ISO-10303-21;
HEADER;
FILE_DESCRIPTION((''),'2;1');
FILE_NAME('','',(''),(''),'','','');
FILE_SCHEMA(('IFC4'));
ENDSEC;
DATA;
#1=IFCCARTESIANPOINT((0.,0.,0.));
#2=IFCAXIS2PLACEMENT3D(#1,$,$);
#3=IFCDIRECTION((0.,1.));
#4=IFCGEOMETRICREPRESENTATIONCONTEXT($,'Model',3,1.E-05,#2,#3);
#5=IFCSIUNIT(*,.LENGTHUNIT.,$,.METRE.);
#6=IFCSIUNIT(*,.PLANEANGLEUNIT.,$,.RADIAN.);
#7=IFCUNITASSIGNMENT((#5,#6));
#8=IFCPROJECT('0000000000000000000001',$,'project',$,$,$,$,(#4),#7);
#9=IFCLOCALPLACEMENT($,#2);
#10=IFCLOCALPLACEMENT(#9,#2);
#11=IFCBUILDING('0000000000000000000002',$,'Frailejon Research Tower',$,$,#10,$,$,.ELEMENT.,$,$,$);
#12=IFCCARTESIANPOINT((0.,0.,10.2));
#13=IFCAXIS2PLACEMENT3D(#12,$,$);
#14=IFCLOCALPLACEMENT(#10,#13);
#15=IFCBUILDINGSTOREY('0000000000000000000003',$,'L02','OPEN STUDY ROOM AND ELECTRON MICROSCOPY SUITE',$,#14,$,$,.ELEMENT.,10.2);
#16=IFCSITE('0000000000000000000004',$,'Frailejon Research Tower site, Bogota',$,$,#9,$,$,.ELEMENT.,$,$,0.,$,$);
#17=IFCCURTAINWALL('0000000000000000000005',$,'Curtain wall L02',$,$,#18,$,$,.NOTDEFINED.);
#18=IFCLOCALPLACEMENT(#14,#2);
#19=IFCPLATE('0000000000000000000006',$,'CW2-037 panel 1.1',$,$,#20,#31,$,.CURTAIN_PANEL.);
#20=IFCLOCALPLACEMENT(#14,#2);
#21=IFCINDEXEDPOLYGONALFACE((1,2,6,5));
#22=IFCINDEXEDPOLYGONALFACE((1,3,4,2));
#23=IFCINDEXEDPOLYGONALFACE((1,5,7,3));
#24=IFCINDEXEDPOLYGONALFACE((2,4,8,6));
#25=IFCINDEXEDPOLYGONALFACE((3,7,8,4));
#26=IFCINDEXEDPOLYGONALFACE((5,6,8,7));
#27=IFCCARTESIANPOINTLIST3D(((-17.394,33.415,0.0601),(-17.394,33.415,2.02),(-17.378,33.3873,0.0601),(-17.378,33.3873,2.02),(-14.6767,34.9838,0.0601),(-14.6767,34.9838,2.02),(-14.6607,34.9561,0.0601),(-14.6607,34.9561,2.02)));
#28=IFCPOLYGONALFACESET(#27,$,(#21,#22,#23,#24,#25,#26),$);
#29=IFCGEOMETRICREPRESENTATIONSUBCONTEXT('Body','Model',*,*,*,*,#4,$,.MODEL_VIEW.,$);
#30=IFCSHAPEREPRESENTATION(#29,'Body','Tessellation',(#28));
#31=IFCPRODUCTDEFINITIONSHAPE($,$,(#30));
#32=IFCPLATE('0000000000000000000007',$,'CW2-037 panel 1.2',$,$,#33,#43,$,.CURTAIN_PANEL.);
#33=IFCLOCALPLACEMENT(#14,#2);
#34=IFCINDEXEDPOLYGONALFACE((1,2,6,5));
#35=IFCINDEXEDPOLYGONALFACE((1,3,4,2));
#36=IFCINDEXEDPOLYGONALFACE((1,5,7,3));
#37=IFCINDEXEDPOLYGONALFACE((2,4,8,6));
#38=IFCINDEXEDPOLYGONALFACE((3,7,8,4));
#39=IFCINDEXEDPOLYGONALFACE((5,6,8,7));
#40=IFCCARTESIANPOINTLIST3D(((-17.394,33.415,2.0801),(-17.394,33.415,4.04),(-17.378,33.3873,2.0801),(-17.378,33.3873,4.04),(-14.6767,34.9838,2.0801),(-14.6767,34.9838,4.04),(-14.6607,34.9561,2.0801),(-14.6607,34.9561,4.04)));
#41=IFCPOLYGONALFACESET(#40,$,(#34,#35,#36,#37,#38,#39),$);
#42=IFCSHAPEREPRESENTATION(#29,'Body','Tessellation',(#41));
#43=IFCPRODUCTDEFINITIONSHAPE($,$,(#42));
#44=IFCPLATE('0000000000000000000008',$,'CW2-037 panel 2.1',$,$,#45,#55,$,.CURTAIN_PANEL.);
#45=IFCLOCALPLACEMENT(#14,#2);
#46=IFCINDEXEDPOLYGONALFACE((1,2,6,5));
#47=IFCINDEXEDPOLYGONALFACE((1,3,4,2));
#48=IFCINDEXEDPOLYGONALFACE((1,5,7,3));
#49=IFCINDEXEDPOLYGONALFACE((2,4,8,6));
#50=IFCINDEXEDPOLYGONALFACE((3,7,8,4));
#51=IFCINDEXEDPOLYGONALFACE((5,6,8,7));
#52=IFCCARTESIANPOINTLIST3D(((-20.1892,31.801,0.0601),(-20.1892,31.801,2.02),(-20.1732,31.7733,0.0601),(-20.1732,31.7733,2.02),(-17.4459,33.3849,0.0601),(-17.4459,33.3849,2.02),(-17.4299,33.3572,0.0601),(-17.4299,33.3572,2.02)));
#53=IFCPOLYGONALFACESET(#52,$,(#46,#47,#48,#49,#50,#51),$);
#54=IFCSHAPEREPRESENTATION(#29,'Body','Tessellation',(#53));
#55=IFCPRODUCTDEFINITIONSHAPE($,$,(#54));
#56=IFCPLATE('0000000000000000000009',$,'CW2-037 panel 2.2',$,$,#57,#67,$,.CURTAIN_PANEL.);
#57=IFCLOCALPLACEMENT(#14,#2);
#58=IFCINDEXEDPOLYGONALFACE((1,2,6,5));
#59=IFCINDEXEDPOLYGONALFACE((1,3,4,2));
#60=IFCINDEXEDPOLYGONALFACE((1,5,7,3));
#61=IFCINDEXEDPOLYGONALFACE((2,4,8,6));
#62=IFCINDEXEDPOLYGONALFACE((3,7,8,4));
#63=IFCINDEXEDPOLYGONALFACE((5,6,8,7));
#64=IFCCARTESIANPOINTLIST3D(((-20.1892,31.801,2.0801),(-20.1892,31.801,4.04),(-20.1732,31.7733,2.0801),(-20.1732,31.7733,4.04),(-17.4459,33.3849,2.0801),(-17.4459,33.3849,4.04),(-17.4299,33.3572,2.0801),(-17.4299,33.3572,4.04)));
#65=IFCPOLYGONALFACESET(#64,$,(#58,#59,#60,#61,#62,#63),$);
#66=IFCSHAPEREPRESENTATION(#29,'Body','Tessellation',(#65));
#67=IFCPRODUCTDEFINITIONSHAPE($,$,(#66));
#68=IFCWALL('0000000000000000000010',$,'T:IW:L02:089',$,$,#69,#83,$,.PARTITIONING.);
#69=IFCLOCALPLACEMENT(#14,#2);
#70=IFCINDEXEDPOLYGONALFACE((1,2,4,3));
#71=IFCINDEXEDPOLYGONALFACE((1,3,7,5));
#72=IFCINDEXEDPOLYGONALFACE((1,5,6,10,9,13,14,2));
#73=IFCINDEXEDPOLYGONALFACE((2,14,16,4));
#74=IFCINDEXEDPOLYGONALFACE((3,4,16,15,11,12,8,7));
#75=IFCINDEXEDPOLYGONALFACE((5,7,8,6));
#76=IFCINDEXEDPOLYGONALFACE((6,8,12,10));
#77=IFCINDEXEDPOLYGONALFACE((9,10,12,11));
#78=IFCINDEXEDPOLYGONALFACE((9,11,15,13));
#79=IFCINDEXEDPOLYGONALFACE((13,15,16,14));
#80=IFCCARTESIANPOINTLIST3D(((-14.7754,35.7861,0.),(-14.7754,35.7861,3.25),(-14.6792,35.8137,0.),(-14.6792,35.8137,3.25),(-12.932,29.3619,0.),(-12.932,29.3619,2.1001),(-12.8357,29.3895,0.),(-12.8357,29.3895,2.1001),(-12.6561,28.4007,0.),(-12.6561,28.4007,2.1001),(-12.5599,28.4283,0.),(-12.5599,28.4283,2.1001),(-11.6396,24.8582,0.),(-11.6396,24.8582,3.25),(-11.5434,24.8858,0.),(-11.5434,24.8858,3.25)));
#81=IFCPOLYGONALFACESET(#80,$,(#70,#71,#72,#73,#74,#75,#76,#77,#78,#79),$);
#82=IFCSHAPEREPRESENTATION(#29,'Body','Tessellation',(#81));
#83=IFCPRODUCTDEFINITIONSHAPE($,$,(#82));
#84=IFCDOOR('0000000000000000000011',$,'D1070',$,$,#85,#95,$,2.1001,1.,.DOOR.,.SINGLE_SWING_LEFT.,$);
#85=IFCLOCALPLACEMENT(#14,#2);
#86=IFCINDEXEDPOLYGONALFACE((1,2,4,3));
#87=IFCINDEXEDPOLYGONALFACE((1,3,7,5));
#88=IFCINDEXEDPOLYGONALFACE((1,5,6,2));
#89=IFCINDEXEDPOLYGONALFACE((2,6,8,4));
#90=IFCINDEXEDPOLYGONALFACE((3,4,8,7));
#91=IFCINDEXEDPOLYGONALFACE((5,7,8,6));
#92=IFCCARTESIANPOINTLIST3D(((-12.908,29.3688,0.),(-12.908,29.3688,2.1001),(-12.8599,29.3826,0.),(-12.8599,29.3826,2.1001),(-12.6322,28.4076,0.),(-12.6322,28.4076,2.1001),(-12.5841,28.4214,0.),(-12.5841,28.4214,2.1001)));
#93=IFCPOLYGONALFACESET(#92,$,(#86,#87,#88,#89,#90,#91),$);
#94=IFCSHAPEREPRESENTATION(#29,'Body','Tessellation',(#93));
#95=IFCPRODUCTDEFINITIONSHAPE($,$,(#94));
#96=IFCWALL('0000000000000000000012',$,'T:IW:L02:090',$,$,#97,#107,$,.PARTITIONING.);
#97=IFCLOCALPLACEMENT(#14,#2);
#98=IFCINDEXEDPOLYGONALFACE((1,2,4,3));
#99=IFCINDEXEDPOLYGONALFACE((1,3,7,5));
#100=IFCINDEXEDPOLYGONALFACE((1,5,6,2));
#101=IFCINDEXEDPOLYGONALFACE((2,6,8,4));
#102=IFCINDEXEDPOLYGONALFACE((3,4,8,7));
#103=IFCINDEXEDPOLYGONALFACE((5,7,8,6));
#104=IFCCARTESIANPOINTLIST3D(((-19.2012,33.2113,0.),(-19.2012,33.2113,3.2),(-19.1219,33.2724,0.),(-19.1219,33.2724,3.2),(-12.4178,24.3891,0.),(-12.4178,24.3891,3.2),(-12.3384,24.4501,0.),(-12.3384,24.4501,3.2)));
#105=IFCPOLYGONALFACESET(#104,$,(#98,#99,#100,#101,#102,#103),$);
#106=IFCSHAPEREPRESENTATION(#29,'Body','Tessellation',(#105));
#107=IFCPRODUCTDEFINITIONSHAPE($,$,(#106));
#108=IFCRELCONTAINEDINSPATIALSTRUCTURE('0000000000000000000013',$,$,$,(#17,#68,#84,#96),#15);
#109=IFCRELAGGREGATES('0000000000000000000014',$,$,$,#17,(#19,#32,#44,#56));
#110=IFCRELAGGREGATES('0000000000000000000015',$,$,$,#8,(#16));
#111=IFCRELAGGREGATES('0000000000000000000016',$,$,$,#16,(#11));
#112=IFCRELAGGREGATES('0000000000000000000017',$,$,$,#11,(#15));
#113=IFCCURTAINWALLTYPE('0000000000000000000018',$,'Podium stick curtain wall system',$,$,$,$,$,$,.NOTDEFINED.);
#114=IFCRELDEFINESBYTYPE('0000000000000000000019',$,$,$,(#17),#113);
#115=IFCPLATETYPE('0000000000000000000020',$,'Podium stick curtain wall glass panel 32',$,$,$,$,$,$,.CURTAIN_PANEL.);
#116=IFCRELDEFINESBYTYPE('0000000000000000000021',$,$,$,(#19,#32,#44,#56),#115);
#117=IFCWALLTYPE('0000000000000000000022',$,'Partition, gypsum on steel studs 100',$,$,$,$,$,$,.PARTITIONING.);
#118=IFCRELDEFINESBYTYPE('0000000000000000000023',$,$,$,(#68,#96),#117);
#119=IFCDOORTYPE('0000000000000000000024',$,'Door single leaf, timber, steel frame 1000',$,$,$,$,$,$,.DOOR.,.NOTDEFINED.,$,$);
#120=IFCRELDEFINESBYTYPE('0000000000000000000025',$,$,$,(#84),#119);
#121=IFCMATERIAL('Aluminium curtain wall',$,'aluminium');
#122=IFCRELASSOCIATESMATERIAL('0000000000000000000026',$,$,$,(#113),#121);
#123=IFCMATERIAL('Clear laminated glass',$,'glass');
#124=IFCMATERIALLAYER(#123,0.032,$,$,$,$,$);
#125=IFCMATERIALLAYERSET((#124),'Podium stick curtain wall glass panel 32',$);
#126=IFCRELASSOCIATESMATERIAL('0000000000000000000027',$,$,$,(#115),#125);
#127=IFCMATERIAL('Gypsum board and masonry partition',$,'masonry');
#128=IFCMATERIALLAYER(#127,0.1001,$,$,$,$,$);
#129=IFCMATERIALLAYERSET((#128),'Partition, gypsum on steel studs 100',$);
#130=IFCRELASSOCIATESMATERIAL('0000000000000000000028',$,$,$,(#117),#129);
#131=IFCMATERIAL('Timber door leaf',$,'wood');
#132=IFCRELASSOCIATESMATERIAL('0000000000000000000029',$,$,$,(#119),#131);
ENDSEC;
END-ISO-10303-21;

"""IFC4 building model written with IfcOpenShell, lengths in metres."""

from ifc_helpers import new_model, si_unit, direction, frame, frame_2d, origin, origin_2d, place, context, subcontext, project, spatial, rectangle, extrude, material, layer, layer_set, type_object, element, fill, aggregate, save


model = new_model("IFC4")

# Units and contexts
model_context = context("Model", 3, precision=1e-05, world=origin(), true_north=direction((0.0, 1.0)))
body_context = subcontext(model_context, "Body", "Model", "MODEL_VIEW")
ifc_project = project(units=[si_unit("LENGTHUNIT", "METRE"), si_unit("PLANEANGLEUNIT", "RADIAN")], contexts=[model_context])

# Site, building, storey
site_placement = place(None, origin())
site = spatial("IfcSite", under=ifc_project, at=site_placement, Name="Frailejon Research Tower site, Bogota", CompositionType="ELEMENT", RefElevation=0.0)
building_placement = place(site_placement, origin())
building = spatial("IfcBuilding", under=site, at=building_placement, Name="Frailejon Research Tower", CompositionType="ELEMENT")
storey_placement = place(building_placement, frame((0.0, 0.0, 10.2)))
storey = spatial("IfcBuildingStorey", under=building, at=storey_placement, Name="L02", Description="OPEN STUDY ROOM AND ELECTRON MICROSCOPY SUITE", CompositionType="ELEMENT", Elevation=10.2)

# Shared definitions
ifc_material_1 = material(Name="Aluminium curtain wall", Category="aluminium")
curtain_wall_type = type_object("IfcCurtainWallType", Name="Podium stick curtain wall system", PredefinedType="NOTDEFINED", material=ifc_material_1)

# Curtain wall, plates
curtain_wall_1_placement = place(storey_placement, origin())
curtain_wall_1 = element("IfcCurtainWall", 1, at=curtain_wall_1_placement, inside=storey, type_object=curtain_wall_type, Name="Curtain wall L02", PredefinedType="NOTDEFINED")
ifc_material_2 = material(Name="Clear laminated glass", Category="glass")
ifc_layer_1 = layer(ifc_material_2, 0.032)
ifc_layer_set_1 = layer_set([ifc_layer_1], Name="Podium stick curtain wall glass panel 32")
plate_type = type_object("IfcPlateType", Name="Podium stick curtain wall glass panel 32", PredefinedType="CURTAIN_PANEL", material=ifc_layer_set_1)
plate_1_placement = place(storey_placement, frame((-16.0273, 34.1855, 0.0601), z_axis=(0.0, 0.0, 1.0), x_axis=(-0.866025, -0.5, 0.0)))
plate_1 = element("IfcPlate", 2, at=plate_1_placement, type_object=plate_type, Name="CW2-037 panel 1.1", PredefinedType="CURTAIN_PANEL", context=body_context, shape_type="SweptSolid", body=[
    extrude(rectangle(XDim=3.1377, YDim=0.032, at=origin_2d()), origin(), (0.0, 0.0, 1.0), 1.96),
])
plate_2_placement = place(storey_placement, frame((-16.0273, 34.1855, 2.0801), z_axis=(0.0, 0.0, 1.0), x_axis=(-0.866025, -0.5, 0.0)))
plate_2 = element("IfcPlate", 3, at=plate_2_placement, type_object=plate_type, Name="CW2-037 panel 1.2", PredefinedType="CURTAIN_PANEL", context=body_context, shape_type="SweptSolid", body=[
    extrude(rectangle(XDim=3.1377, YDim=0.032, at=origin_2d()), origin(), (0.0, 0.0, 1.0), 1.96),
])
plate_3_placement = place(storey_placement, frame((-18.8096, 32.5791, 0.0601), z_axis=(0.0, 0.0, 1.0), x_axis=(-0.866025, -0.5, 0.0)))
plate_3 = element("IfcPlate", 4, at=plate_3_placement, type_object=plate_type, Name="CW2-037 panel 2.1", PredefinedType="CURTAIN_PANEL", context=body_context, shape_type="SweptSolid", body=[
    extrude(rectangle(XDim=3.1677, YDim=0.032, at=origin_2d()), origin(), (0.0, 0.0, 1.0), 1.96),
])
plate_4_placement = place(storey_placement, frame((-18.8096, 32.5791, 2.0801), z_axis=(0.0, 0.0, 1.0), x_axis=(-0.866025, -0.5, 0.0)))
plate_4 = element("IfcPlate", 5, at=plate_4_placement, type_object=plate_type, Name="CW2-037 panel 2.2", PredefinedType="CURTAIN_PANEL", context=body_context, shape_type="SweptSolid", body=[
    extrude(rectangle(XDim=3.1677, YDim=0.032, at=origin_2d()), origin(), (0.0, 0.0, 1.0), 1.96),
])
aggregate(curtain_wall_1, [plate_1, plate_2, plate_3, plate_4])

# Wall, opening, door
ifc_material_3 = material(Name="Gypsum board and masonry partition", Category="masonry")
ifc_layer_2 = layer(ifc_material_3, 0.1001)
ifc_layer_set_2 = layer_set([ifc_layer_2], Name="Partition, gypsum on steel studs 100")
wall_type = type_object("IfcWallType", Name="Partition, gypsum on steel studs 100", PredefinedType="PARTITIONING", material=ifc_layer_set_2)
wall_1_placement = place(storey_placement, frame((-14.7273, 35.8, 0.0), z_axis=(0.0, 0.0, 1.0), x_axis=(0.275816, -0.961211, 0.0)))
wall_1 = element("IfcWall", 6, at=wall_1_placement, inside=storey, type_object=wall_type, Name="T:IW:L02:089", PredefinedType="PARTITIONING", context=body_context, shape_type="SweptSolid", body=[
    extrude(rectangle(XDim=11.3689, YDim=0.1001, at=frame_2d((5.6846, 0.0))), origin(), (0.0, 0.0, 1.0), 3.25),
])
opening_placement = place(wall_1_placement, frame((6.6836, 0.0, 0.0)))
opening = element("IfcOpeningElement", 7, at=opening_placement, cuts=wall_1, PredefinedType="OPENING", context=body_context, shape_type="SweptSolid", body=[
    extrude(rectangle(XDim=1.0, YDim=2.1001, at=frame_2d((0.5, 1.05))), frame((0.0, 0.0601, 0.0), z_axis=(0.0, -1.0, 0.0), x_axis=(1.0, 0.0, 0.0)), (0.0, 0.0, 1.0), 0.1201),
])
ifc_material_4 = material(Name="Timber door leaf", Category="wood")
door_type = type_object("IfcDoorType", Name="Door single leaf, timber, steel frame 1000", OperationType="NOTDEFINED", PredefinedType="DOOR", material=ifc_material_4)
door_placement = place(opening_placement, origin())
door = element("IfcDoor", 8, at=door_placement, inside=storey, type_object=door_type, Name="D1070", OperationType="SINGLE_SWING_LEFT", OverallHeight=2.1001, OverallWidth=1.0, PredefinedType="DOOR", context=body_context, shape_type="SweptSolid", body=[
    extrude(rectangle(XDim=1.0, YDim=2.1001, at=frame_2d((0.5, 1.05))), frame((0.0, 0.0249, 0.0), z_axis=(0.0, -1.0, 0.0), x_axis=(1.0, 0.0, 0.0)), (0.0, 0.0, 1.0), 0.05),
])
fill(opening, door)

# Wall
wall_2_placement = place(storey_placement, frame((-19.1616, 33.2419, 0.0), z_axis=(0.0, 0.0, 1.0), x_axis=(0.609546, -0.79275, 0.0)))
element("IfcWall", 9, at=wall_2_placement, inside=storey, type_object=wall_type, Name="T:IW:L02:090", PredefinedType="PARTITIONING", context=body_context, shape_type="SweptSolid", body=[
    extrude(rectangle(XDim=11.1287, YDim=0.1001, at=frame_2d((5.5645, 0.0))), origin(), (0.0, 0.0, 1.0), 3.2),
])

save(model, "model.ifc")
